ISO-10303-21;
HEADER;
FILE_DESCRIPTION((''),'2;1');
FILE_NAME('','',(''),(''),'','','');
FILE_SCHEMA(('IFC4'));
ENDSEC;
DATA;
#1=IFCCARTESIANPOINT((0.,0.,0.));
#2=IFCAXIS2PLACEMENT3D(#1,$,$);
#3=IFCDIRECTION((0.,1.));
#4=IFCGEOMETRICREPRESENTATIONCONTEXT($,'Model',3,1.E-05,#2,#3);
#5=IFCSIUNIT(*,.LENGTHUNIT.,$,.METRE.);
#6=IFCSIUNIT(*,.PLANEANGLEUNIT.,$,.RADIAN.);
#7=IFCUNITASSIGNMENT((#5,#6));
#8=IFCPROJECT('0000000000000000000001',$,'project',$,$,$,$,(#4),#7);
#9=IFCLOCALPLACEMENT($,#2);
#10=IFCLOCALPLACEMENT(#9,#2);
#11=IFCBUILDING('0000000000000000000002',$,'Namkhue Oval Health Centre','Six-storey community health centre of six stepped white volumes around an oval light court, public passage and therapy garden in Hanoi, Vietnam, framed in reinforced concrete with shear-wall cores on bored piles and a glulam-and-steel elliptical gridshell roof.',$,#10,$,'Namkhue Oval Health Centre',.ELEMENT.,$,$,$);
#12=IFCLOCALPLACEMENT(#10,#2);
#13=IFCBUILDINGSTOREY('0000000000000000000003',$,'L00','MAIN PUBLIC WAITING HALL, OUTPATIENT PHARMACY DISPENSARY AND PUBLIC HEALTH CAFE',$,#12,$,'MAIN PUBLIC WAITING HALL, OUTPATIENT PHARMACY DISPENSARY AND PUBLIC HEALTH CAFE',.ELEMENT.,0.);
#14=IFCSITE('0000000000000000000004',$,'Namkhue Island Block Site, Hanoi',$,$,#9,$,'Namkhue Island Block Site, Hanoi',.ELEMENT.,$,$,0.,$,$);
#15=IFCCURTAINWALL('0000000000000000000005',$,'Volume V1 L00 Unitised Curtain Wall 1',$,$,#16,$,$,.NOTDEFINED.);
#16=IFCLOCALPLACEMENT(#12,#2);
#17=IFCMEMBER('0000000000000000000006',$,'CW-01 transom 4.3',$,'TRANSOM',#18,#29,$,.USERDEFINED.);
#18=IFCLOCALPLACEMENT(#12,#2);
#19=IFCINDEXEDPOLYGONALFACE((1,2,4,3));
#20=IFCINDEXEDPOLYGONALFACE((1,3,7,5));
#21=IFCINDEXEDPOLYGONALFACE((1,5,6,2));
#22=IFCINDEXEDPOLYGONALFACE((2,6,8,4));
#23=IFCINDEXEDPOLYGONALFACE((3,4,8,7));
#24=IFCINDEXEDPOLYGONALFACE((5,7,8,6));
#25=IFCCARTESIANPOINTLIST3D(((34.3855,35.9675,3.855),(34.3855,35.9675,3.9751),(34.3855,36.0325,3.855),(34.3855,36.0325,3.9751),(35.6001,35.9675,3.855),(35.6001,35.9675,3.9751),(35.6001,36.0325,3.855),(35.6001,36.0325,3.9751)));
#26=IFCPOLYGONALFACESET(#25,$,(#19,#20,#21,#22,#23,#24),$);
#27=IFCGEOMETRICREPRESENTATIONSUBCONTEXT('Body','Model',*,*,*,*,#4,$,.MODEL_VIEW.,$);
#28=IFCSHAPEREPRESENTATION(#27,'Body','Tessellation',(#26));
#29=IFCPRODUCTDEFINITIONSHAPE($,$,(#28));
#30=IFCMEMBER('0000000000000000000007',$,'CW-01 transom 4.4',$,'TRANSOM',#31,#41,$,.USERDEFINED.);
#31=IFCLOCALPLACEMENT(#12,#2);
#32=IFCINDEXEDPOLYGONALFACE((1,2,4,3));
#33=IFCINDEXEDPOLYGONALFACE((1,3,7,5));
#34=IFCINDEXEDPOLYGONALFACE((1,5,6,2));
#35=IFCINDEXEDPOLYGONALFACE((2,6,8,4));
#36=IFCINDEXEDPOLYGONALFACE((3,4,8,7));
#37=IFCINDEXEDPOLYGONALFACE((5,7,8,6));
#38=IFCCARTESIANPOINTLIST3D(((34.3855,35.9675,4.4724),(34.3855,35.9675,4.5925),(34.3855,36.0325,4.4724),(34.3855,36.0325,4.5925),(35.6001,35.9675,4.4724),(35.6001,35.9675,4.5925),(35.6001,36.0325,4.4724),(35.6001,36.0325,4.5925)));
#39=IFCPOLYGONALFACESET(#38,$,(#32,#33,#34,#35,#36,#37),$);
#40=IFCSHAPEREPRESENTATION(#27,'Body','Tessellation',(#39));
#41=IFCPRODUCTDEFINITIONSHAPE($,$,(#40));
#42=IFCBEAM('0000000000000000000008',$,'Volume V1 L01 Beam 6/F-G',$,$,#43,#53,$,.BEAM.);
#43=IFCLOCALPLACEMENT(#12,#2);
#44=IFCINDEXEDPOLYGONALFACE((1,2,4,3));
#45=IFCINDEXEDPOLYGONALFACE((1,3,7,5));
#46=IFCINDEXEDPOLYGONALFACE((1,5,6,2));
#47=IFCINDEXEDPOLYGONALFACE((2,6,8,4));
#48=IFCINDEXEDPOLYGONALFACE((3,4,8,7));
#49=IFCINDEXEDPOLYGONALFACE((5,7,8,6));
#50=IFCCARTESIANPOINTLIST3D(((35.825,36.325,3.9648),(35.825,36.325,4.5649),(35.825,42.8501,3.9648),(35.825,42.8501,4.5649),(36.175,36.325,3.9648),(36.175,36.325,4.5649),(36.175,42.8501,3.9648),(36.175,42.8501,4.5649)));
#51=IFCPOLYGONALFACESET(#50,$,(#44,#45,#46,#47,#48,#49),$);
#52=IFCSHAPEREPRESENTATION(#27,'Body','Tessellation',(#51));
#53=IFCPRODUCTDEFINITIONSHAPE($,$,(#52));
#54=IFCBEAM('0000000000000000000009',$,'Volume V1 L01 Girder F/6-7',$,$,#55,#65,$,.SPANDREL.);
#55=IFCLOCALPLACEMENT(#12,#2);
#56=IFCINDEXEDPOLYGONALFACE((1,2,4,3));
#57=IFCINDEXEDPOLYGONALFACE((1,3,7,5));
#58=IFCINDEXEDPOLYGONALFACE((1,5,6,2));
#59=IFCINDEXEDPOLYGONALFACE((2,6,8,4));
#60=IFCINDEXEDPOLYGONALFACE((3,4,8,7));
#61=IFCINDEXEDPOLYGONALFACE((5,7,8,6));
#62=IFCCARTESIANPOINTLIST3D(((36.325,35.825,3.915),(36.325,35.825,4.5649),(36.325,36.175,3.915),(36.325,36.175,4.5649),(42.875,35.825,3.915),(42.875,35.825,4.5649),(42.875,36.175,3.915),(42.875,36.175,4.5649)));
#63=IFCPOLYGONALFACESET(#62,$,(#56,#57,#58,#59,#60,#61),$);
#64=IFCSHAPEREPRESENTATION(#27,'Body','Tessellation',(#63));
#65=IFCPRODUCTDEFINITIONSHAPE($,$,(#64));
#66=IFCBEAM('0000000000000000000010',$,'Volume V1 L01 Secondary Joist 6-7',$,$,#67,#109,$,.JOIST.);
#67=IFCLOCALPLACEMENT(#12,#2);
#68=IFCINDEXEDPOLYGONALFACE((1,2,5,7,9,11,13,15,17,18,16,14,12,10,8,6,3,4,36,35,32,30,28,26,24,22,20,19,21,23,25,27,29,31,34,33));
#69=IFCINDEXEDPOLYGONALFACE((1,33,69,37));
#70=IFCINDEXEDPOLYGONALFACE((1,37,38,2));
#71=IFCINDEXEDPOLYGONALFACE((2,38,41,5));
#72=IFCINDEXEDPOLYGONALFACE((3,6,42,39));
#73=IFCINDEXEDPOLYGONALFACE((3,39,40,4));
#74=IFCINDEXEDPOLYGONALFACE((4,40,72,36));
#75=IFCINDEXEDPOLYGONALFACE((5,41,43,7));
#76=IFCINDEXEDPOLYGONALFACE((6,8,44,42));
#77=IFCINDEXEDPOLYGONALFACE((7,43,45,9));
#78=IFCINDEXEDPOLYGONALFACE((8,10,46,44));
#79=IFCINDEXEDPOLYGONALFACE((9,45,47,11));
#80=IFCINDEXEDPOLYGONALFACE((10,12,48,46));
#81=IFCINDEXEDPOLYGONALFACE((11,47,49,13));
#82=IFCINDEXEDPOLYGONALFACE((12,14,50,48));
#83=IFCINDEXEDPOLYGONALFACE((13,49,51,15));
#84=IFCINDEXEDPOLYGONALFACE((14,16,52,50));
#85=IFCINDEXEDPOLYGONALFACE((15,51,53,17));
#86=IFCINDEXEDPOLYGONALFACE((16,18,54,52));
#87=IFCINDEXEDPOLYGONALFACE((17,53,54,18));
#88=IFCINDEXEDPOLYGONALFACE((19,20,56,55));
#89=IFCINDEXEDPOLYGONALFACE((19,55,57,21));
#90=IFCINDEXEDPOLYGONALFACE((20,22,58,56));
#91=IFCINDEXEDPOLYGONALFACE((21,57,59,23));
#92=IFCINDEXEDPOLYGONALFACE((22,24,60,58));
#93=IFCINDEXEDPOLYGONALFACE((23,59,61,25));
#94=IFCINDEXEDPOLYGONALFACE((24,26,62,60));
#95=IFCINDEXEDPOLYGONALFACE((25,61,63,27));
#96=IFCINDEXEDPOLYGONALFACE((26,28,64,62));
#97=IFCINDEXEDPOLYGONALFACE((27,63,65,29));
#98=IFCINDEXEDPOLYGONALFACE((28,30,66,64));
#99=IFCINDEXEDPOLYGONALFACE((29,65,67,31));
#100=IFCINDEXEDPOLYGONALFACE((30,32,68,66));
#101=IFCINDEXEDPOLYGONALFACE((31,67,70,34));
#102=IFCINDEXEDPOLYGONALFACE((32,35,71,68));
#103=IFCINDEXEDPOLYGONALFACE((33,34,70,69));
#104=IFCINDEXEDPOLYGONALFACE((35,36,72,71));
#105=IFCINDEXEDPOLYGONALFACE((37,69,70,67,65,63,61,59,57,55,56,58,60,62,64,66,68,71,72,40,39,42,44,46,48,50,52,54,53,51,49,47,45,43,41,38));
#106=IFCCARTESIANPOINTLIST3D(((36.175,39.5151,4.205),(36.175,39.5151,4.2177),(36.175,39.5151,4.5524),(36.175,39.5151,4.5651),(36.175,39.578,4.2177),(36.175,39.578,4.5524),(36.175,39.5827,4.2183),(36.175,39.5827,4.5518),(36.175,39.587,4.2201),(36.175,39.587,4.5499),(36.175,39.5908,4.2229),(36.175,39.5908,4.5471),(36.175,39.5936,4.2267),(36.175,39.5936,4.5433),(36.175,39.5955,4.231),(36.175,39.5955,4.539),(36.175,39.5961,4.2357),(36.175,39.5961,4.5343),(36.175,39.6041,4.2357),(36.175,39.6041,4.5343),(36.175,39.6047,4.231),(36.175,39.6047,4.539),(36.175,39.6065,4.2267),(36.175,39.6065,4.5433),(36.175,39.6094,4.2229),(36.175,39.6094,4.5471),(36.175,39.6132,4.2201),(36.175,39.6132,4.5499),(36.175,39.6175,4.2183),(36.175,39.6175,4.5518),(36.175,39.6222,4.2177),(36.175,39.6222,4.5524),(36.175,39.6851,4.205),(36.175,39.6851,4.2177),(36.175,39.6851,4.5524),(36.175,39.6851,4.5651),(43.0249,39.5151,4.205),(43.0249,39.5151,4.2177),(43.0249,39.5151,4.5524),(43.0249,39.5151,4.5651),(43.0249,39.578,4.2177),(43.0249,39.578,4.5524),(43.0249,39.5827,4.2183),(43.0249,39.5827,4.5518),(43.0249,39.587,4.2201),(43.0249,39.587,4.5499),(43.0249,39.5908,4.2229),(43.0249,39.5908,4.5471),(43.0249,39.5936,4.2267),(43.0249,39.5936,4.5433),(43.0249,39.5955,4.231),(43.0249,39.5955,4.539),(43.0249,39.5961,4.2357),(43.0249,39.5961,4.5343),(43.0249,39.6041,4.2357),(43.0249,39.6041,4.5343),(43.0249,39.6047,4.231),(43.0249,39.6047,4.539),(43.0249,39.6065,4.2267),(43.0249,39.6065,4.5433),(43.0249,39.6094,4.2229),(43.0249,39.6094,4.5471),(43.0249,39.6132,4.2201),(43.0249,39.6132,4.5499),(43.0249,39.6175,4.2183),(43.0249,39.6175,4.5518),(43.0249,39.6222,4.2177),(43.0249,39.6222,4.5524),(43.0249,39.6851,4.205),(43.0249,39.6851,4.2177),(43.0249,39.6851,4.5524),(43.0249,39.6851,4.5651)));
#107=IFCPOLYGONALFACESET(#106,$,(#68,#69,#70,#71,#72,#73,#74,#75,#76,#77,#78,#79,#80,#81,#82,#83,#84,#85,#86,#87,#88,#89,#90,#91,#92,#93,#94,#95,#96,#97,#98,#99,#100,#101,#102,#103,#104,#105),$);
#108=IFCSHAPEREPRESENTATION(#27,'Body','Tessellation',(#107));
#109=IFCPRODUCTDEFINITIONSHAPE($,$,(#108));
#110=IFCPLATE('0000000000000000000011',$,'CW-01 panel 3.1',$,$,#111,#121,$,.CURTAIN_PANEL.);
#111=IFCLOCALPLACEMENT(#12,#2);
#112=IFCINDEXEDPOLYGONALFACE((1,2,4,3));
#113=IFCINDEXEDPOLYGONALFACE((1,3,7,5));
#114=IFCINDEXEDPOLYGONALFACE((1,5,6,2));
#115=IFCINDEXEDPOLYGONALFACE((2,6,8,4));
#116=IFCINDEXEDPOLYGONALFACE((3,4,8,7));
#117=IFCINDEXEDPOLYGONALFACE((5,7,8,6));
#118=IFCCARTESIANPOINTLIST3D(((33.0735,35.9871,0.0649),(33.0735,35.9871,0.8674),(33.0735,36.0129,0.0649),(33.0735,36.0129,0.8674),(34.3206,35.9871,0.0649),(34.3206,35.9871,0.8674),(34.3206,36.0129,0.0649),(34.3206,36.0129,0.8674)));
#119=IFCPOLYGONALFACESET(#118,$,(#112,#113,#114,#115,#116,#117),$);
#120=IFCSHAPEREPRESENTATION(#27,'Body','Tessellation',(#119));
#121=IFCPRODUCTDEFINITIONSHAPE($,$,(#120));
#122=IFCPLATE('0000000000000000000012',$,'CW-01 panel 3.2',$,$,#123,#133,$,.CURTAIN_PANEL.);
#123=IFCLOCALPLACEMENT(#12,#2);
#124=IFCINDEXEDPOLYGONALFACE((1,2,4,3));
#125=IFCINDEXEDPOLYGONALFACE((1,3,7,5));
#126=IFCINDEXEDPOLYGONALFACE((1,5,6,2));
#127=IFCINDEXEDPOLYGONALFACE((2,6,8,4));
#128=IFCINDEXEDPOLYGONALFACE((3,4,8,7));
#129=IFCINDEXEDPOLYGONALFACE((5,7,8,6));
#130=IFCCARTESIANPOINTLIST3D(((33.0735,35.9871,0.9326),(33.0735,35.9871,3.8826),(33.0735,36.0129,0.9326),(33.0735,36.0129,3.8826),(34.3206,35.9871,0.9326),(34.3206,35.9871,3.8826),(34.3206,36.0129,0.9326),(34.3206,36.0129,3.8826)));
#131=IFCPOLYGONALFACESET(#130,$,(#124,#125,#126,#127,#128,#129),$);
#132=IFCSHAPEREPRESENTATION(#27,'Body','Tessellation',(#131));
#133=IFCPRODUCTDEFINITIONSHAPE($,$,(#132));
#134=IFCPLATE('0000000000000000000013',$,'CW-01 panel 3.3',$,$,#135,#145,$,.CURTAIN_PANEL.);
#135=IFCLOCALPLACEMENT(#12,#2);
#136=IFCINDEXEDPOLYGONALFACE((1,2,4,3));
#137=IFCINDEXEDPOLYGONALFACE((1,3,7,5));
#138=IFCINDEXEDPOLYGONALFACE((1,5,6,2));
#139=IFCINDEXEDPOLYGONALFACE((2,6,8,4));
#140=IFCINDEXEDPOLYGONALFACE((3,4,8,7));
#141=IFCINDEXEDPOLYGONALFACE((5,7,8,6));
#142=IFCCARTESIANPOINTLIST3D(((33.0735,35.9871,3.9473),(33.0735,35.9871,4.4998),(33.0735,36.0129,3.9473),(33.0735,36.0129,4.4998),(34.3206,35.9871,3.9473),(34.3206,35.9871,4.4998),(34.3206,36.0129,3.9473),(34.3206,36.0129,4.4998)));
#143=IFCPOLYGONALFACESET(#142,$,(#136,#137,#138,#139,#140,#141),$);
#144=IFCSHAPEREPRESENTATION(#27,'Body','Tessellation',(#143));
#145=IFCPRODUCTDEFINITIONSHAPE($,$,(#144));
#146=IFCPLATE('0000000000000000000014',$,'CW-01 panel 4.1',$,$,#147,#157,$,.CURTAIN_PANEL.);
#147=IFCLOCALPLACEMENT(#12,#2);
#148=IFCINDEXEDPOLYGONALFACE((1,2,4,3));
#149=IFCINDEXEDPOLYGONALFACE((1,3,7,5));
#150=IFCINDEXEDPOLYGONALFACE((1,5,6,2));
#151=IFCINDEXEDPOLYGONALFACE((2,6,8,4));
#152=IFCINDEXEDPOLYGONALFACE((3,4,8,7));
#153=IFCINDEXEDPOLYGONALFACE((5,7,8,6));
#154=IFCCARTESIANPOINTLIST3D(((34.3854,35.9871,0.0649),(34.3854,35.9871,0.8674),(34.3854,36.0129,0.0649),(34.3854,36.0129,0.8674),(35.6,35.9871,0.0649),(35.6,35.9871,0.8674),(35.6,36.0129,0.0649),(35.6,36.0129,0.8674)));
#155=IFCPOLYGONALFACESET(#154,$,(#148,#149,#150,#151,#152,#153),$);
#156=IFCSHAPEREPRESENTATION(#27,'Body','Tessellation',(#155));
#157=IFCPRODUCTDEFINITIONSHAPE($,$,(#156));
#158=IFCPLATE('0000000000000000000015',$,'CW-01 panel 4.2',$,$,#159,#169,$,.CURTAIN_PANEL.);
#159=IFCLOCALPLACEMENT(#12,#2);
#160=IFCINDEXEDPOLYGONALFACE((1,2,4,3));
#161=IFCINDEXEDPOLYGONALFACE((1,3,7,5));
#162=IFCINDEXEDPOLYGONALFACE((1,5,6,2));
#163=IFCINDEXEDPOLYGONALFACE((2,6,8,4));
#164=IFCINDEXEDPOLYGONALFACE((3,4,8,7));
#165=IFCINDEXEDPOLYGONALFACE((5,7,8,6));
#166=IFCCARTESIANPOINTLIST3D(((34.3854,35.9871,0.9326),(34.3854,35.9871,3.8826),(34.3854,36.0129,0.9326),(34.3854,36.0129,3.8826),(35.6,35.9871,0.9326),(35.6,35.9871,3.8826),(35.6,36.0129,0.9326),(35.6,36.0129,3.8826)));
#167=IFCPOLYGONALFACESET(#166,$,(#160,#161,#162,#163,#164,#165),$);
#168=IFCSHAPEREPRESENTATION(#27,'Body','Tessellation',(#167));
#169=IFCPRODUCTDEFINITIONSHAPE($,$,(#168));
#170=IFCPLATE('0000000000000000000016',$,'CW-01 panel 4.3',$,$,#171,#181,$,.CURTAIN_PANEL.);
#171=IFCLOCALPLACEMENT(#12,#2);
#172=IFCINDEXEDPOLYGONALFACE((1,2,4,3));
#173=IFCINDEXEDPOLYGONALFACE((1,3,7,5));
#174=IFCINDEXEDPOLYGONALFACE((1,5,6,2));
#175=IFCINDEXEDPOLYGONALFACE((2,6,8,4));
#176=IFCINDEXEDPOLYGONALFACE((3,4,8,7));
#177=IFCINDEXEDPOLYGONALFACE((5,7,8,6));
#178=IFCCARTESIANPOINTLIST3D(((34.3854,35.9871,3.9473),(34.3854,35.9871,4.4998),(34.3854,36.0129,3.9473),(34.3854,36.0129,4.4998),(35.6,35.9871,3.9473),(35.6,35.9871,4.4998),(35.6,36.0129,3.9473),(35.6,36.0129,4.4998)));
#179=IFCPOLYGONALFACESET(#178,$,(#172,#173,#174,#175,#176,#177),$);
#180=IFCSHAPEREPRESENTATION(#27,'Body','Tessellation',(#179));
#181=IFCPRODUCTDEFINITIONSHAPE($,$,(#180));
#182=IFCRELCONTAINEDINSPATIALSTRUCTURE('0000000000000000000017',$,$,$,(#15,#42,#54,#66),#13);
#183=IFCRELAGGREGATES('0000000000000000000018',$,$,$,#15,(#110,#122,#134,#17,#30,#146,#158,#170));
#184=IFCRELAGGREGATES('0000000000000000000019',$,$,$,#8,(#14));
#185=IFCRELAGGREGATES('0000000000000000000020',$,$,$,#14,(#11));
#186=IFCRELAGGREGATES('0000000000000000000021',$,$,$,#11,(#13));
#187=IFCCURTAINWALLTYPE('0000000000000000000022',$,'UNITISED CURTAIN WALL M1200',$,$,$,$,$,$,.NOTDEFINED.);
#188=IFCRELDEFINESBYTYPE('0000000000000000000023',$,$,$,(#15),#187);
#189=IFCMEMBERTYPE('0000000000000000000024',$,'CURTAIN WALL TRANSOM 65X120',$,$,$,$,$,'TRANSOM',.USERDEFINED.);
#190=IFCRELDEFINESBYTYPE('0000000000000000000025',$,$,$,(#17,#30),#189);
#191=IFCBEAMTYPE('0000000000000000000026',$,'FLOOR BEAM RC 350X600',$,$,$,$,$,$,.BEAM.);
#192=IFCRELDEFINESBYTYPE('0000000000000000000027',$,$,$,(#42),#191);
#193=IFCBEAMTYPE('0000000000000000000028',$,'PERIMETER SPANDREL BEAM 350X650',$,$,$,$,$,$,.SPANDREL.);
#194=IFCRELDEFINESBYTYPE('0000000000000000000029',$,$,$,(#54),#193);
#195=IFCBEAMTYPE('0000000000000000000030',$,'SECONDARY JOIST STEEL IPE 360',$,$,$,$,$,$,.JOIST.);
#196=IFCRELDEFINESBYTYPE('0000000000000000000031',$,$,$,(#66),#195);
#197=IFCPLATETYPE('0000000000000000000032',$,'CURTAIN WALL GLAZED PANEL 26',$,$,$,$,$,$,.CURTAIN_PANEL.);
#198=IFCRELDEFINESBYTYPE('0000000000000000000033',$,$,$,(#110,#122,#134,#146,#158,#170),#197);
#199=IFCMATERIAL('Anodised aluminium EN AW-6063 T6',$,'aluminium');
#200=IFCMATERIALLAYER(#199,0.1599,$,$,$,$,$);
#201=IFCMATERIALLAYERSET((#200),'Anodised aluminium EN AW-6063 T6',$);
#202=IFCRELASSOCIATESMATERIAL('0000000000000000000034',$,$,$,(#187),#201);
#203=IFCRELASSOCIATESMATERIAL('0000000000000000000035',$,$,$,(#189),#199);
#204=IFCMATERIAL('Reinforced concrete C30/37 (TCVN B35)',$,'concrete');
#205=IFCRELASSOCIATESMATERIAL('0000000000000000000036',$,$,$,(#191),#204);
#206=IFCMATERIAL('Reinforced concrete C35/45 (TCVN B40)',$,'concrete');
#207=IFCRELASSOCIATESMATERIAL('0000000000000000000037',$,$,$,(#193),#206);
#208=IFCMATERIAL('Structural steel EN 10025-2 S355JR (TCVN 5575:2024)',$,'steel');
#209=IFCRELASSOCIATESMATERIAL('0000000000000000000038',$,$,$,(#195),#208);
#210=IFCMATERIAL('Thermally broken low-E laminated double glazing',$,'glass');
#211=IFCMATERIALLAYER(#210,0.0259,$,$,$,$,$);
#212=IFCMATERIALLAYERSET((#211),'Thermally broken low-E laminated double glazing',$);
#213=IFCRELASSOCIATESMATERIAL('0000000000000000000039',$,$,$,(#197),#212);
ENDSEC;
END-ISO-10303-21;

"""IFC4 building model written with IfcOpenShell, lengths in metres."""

from ifc_helpers import new_model, si_unit, direction, frame, origin, origin_2d, place, context, subcontext, project, spatial, rectangle, i_section, extrude, material, layer, layer_set, material_profile, profile_set, type_object, element, aggregate, save


model = new_model("IFC4")

# Units and contexts
model_context = context("Model", 3, precision=1e-05, world=origin(), true_north=direction((0.0, 1.0)))
body_context = subcontext(model_context, "Body", "Model", "MODEL_VIEW")
ifc_project = project(units=[si_unit("LENGTHUNIT", "METRE"), si_unit("PLANEANGLEUNIT", "RADIAN")], contexts=[model_context])

# Site, building, storey
site_placement = place(None, origin())
site = spatial("IfcSite", under=ifc_project, at=site_placement, Name="Namkhue Island Block Site, Hanoi", LongName="Namkhue Island Block Site, Hanoi", CompositionType="ELEMENT", RefElevation=0.0)
building_placement = place(site_placement, origin())
building = spatial("IfcBuilding", under=site, at=building_placement, Name="Namkhue Oval Health Centre", Description="Six-storey community health centre of six stepped white volumes around an oval light court, public passage and therapy garden in Hanoi, Vietnam, framed in reinforced concrete with shear-wall cores on bored piles and a glulam-and-steel elliptical gridshell roof.", LongName="Namkhue Oval Health Centre", CompositionType="ELEMENT")
storey_placement = place(building_placement, origin())
storey = spatial("IfcBuildingStorey", under=building, at=storey_placement, Name="L00", Description="MAIN PUBLIC WAITING HALL, OUTPATIENT PHARMACY DISPENSARY AND PUBLIC HEALTH CAFE", LongName="MAIN PUBLIC WAITING HALL, OUTPATIENT PHARMACY DISPENSARY AND PUBLIC HEALTH CAFE", CompositionType="ELEMENT", Elevation=0.0)

# Shared definitions
ifc_material_1 = material(Name="Reinforced concrete C30/37 (TCVN B35)", Category="concrete")

# Shared definitions
ifc_material_2 = material(Name="Reinforced concrete C35/45 (TCVN B40)", Category="concrete")

# Curtain wall, members
ifc_material_3 = material(Name="Anodised aluminium EN AW-6063 T6", Category="aluminium")
ifc_layer_1 = layer(ifc_material_3, 0.1599)
ifc_layer_set_1 = layer_set([ifc_layer_1], Name="Anodised aluminium EN AW-6063 T6")
curtain_wall_type = type_object("IfcCurtainWallType", Name="UNITISED CURTAIN WALL M1200", PredefinedType="NOTDEFINED", material=ifc_layer_set_1)
curtain_wall_placement = place(storey_placement, origin())
curtain_wall = element("IfcCurtainWall", 1, at=curtain_wall_placement, inside=storey, type_object=curtain_wall_type, Name="Volume V1 L00 Unitised Curtain Wall 1", PredefinedType="NOTDEFINED")
ifc_material_profile_1 = material_profile(ifc_material_3, rectangle(XDim=0.0649, YDim=0.1201, at=origin_2d()), Name="ALU 65x120")
ifc_profile_set_1 = profile_set([ifc_material_profile_1], Name="Anodised aluminium EN AW-6063 T6")
member_type_1 = type_object("IfcMemberType", Name="CURTAIN WALL TRANSOM 65X120", ElementType="TRANSOM", PredefinedType="USERDEFINED", material=ifc_profile_set_1)
member_1_placement = place(storey_placement, frame((34.3855, 36.0, 3.915), z_axis=(1.0, 0.0, 0.0), x_axis=(0.0, 1.0, 0.0)))
member_1 = element("IfcMember", 2, at=member_1_placement, type_object=member_type_1, Name="CW-01 transom 4.3", ObjectType="TRANSOM", PredefinedType="USERDEFINED", context=body_context, shape_type="SweptSolid", body=[
    extrude(rectangle(XDim=0.0649, YDim=0.1201, at=origin_2d()), origin(), (0.0, 0.0, 1.0), 1.2146),
])
member_2_placement = place(storey_placement, frame((34.3855, 36.0, 4.5325), z_axis=(1.0, 0.0, 0.0), x_axis=(0.0, 1.0, 0.0)))
member_2 = element("IfcMember", 3, at=member_2_placement, type_object=member_type_1, Name="CW-01 transom 4.4", ObjectType="TRANSOM", PredefinedType="USERDEFINED", context=body_context, shape_type="SweptSolid", body=[
    extrude(rectangle(XDim=0.0649, YDim=0.1201, at=origin_2d()), origin(), (0.0, 0.0, 1.0), 1.2146),
])

# Beams
ifc_material_profile_2 = material_profile(ifc_material_1, rectangle(XDim=0.3501, YDim=0.6001, at=origin_2d()), Name="RC 350x600")
ifc_profile_set_2 = profile_set([ifc_material_profile_2], Name="Reinforced concrete C30/37 (TCVN B35)")
beam_type_1 = type_object("IfcBeamType", Name="FLOOR BEAM RC 350X600", PredefinedType="BEAM", material=ifc_profile_set_2)
beam_1_placement = place(storey_placement, frame((36.0, 36.325, 4.2649), z_axis=(0.0, 1.0, 0.0), x_axis=(-1.0, 0.0, 0.0)))
element("IfcBeam", 4, at=beam_1_placement, inside=storey, type_object=beam_type_1, Name="Volume V1 L01 Beam 6/F-G", PredefinedType="BEAM", context=body_context, shape_type="SweptSolid", body=[
    extrude(rectangle(XDim=0.3501, YDim=0.6001, at=origin_2d()), origin(), (0.0, 0.0, 1.0), 6.5251),
])
ifc_material_profile_3 = material_profile(ifc_material_2, rectangle(XDim=0.3501, YDim=0.6499, at=origin_2d()), Name="RC 350x650")
ifc_profile_set_3 = profile_set([ifc_material_profile_3], Name="Reinforced concrete C35/45 (TCVN B40)")
beam_type_2 = type_object("IfcBeamType", Name="PERIMETER SPANDREL BEAM 350X650", PredefinedType="SPANDREL", material=ifc_profile_set_3)
beam_2_placement = place(storey_placement, frame((36.325, 36.0, 4.24), z_axis=(1.0, 0.0, 0.0), x_axis=(0.0, 1.0, 0.0)))
element("IfcBeam", 5, at=beam_2_placement, inside=storey, type_object=beam_type_2, Name="Volume V1 L01 Girder F/6-7", PredefinedType="SPANDREL", context=body_context, shape_type="SweptSolid", body=[
    extrude(rectangle(XDim=0.3501, YDim=0.6499, at=origin_2d()), origin(), (0.0, 0.0, 1.0), 6.55),
])
ifc_material_4 = material(Name="Structural steel EN 10025-2 S355JR (TCVN 5575:2024)", Category="steel")
ifc_material_profile_4 = material_profile(ifc_material_4, i_section(OverallWidth=0.1699, OverallDepth=0.3601, WebThickness=0.0081, FlangeThickness=0.0127, FilletRadius=0.0181, at=origin_2d()), Name="IPE 360")
ifc_profile_set_4 = profile_set([ifc_material_profile_4], Name="Structural steel EN 10025-2 S355JR (TCVN 5575:2024)")
beam_type_3 = type_object("IfcBeamType", Name="SECONDARY JOIST STEEL IPE 360", PredefinedType="JOIST", material=ifc_profile_set_4)
beam_3_placement = place(storey_placement, frame((36.175, 39.6001, 4.385), z_axis=(1.0, 0.0, 0.0), x_axis=(0.0, 1.0, 0.0)))
element("IfcBeam", 6, at=beam_3_placement, inside=storey, type_object=beam_type_3, Name="Volume V1 L01 Secondary Joist 6-7", PredefinedType="JOIST", context=body_context, shape_type="SweptSolid", body=[
    extrude(i_section(OverallWidth=0.1699, OverallDepth=0.3601, WebThickness=0.0081, FlangeThickness=0.0127, FilletRadius=0.0181, at=origin_2d()), origin(), (0.0, 0.0, 1.0), 6.8499),
])

# Plates
ifc_material_5 = material(Name="Thermally broken low-E laminated double glazing", Category="glass")
ifc_layer_2 = layer(ifc_material_5, 0.0259)
ifc_layer_set_2 = layer_set([ifc_layer_2], Name="Thermally broken low-E laminated double glazing")
plate_type = type_object("IfcPlateType", Name="CURTAIN WALL GLAZED PANEL 26", PredefinedType="CURTAIN_PANEL", material=ifc_layer_set_2)
plate_1_placement = place(storey_placement, frame((33.697, 36.0, 0.0649), z_axis=(0.0, 0.0, 1.0), x_axis=(1.0, 0.0, 0.0)))
plate_1 = element("IfcPlate", 7, at=plate_1_placement, type_object=plate_type, Name="CW-01 panel 3.1", PredefinedType="CURTAIN_PANEL", context=body_context, shape_type="SweptSolid", body=[
    extrude(rectangle(XDim=1.2471, YDim=0.0259, at=origin_2d()), origin(), (0.0, 0.0, 1.0), 0.8025),
])
plate_2_placement = place(storey_placement, frame((33.697, 36.0, 0.9326), z_axis=(0.0, 0.0, 1.0), x_axis=(1.0, 0.0, 0.0)))
plate_2 = element("IfcPlate", 8, at=plate_2_placement, type_object=plate_type, Name="CW-01 panel 3.2", PredefinedType="CURTAIN_PANEL", context=body_context, shape_type="SweptSolid", body=[
    extrude(rectangle(XDim=1.2471, YDim=0.0259, at=origin_2d()), origin(), (0.0, 0.0, 1.0), 2.95),
])
plate_3_placement = place(storey_placement, frame((33.697, 36.0, 3.9473), z_axis=(0.0, 0.0, 1.0), x_axis=(1.0, 0.0, 0.0)))
plate_3 = element("IfcPlate", 9, at=plate_3_placement, type_object=plate_type, Name="CW-01 panel 3.3", PredefinedType="CURTAIN_PANEL", context=body_context, shape_type="SweptSolid", body=[
    extrude(rectangle(XDim=1.2471, YDim=0.0259, at=origin_2d()), origin(), (0.0, 0.0, 1.0), 0.5525),
])
plate_4_placement = place(storey_placement, frame((34.9927, 36.0, 0.0649), z_axis=(0.0, 0.0, 1.0), x_axis=(1.0, 0.0, 0.0)))
plate_4 = element("IfcPlate", 10, at=plate_4_placement, type_object=plate_type, Name="CW-01 panel 4.1", PredefinedType="CURTAIN_PANEL", context=body_context, shape_type="SweptSolid", body=[
    extrude(rectangle(XDim=1.2146, YDim=0.0259, at=origin_2d()), origin(), (0.0, 0.0, 1.0), 0.8025),
])
plate_5_placement = place(storey_placement, frame((34.9927, 36.0, 0.9326), z_axis=(0.0, 0.0, 1.0), x_axis=(1.0, 0.0, 0.0)))
plate_5 = element("IfcPlate", 11, at=plate_5_placement, type_object=plate_type, Name="CW-01 panel 4.2", PredefinedType="CURTAIN_PANEL", context=body_context, shape_type="SweptSolid", body=[
    extrude(rectangle(XDim=1.2146, YDim=0.0259, at=origin_2d()), origin(), (0.0, 0.0, 1.0), 2.95),
])
plate_6_placement = place(storey_placement, frame((34.9927, 36.0, 3.9473), z_axis=(0.0, 0.0, 1.0), x_axis=(1.0, 0.0, 0.0)))
plate_6 = element("IfcPlate", 12, at=plate_6_placement, type_object=plate_type, Name="CW-01 panel 4.3", PredefinedType="CURTAIN_PANEL", context=body_context, shape_type="SweptSolid", body=[
    extrude(rectangle(XDim=1.2146, YDim=0.0259, at=origin_2d()), origin(), (0.0, 0.0, 1.0), 0.5525),
])
aggregate(curtain_wall, [plate_1, plate_2, plate_3, member_1, member_2, plate_4, plate_5, plate_6])

save(model, "model.ifc")
